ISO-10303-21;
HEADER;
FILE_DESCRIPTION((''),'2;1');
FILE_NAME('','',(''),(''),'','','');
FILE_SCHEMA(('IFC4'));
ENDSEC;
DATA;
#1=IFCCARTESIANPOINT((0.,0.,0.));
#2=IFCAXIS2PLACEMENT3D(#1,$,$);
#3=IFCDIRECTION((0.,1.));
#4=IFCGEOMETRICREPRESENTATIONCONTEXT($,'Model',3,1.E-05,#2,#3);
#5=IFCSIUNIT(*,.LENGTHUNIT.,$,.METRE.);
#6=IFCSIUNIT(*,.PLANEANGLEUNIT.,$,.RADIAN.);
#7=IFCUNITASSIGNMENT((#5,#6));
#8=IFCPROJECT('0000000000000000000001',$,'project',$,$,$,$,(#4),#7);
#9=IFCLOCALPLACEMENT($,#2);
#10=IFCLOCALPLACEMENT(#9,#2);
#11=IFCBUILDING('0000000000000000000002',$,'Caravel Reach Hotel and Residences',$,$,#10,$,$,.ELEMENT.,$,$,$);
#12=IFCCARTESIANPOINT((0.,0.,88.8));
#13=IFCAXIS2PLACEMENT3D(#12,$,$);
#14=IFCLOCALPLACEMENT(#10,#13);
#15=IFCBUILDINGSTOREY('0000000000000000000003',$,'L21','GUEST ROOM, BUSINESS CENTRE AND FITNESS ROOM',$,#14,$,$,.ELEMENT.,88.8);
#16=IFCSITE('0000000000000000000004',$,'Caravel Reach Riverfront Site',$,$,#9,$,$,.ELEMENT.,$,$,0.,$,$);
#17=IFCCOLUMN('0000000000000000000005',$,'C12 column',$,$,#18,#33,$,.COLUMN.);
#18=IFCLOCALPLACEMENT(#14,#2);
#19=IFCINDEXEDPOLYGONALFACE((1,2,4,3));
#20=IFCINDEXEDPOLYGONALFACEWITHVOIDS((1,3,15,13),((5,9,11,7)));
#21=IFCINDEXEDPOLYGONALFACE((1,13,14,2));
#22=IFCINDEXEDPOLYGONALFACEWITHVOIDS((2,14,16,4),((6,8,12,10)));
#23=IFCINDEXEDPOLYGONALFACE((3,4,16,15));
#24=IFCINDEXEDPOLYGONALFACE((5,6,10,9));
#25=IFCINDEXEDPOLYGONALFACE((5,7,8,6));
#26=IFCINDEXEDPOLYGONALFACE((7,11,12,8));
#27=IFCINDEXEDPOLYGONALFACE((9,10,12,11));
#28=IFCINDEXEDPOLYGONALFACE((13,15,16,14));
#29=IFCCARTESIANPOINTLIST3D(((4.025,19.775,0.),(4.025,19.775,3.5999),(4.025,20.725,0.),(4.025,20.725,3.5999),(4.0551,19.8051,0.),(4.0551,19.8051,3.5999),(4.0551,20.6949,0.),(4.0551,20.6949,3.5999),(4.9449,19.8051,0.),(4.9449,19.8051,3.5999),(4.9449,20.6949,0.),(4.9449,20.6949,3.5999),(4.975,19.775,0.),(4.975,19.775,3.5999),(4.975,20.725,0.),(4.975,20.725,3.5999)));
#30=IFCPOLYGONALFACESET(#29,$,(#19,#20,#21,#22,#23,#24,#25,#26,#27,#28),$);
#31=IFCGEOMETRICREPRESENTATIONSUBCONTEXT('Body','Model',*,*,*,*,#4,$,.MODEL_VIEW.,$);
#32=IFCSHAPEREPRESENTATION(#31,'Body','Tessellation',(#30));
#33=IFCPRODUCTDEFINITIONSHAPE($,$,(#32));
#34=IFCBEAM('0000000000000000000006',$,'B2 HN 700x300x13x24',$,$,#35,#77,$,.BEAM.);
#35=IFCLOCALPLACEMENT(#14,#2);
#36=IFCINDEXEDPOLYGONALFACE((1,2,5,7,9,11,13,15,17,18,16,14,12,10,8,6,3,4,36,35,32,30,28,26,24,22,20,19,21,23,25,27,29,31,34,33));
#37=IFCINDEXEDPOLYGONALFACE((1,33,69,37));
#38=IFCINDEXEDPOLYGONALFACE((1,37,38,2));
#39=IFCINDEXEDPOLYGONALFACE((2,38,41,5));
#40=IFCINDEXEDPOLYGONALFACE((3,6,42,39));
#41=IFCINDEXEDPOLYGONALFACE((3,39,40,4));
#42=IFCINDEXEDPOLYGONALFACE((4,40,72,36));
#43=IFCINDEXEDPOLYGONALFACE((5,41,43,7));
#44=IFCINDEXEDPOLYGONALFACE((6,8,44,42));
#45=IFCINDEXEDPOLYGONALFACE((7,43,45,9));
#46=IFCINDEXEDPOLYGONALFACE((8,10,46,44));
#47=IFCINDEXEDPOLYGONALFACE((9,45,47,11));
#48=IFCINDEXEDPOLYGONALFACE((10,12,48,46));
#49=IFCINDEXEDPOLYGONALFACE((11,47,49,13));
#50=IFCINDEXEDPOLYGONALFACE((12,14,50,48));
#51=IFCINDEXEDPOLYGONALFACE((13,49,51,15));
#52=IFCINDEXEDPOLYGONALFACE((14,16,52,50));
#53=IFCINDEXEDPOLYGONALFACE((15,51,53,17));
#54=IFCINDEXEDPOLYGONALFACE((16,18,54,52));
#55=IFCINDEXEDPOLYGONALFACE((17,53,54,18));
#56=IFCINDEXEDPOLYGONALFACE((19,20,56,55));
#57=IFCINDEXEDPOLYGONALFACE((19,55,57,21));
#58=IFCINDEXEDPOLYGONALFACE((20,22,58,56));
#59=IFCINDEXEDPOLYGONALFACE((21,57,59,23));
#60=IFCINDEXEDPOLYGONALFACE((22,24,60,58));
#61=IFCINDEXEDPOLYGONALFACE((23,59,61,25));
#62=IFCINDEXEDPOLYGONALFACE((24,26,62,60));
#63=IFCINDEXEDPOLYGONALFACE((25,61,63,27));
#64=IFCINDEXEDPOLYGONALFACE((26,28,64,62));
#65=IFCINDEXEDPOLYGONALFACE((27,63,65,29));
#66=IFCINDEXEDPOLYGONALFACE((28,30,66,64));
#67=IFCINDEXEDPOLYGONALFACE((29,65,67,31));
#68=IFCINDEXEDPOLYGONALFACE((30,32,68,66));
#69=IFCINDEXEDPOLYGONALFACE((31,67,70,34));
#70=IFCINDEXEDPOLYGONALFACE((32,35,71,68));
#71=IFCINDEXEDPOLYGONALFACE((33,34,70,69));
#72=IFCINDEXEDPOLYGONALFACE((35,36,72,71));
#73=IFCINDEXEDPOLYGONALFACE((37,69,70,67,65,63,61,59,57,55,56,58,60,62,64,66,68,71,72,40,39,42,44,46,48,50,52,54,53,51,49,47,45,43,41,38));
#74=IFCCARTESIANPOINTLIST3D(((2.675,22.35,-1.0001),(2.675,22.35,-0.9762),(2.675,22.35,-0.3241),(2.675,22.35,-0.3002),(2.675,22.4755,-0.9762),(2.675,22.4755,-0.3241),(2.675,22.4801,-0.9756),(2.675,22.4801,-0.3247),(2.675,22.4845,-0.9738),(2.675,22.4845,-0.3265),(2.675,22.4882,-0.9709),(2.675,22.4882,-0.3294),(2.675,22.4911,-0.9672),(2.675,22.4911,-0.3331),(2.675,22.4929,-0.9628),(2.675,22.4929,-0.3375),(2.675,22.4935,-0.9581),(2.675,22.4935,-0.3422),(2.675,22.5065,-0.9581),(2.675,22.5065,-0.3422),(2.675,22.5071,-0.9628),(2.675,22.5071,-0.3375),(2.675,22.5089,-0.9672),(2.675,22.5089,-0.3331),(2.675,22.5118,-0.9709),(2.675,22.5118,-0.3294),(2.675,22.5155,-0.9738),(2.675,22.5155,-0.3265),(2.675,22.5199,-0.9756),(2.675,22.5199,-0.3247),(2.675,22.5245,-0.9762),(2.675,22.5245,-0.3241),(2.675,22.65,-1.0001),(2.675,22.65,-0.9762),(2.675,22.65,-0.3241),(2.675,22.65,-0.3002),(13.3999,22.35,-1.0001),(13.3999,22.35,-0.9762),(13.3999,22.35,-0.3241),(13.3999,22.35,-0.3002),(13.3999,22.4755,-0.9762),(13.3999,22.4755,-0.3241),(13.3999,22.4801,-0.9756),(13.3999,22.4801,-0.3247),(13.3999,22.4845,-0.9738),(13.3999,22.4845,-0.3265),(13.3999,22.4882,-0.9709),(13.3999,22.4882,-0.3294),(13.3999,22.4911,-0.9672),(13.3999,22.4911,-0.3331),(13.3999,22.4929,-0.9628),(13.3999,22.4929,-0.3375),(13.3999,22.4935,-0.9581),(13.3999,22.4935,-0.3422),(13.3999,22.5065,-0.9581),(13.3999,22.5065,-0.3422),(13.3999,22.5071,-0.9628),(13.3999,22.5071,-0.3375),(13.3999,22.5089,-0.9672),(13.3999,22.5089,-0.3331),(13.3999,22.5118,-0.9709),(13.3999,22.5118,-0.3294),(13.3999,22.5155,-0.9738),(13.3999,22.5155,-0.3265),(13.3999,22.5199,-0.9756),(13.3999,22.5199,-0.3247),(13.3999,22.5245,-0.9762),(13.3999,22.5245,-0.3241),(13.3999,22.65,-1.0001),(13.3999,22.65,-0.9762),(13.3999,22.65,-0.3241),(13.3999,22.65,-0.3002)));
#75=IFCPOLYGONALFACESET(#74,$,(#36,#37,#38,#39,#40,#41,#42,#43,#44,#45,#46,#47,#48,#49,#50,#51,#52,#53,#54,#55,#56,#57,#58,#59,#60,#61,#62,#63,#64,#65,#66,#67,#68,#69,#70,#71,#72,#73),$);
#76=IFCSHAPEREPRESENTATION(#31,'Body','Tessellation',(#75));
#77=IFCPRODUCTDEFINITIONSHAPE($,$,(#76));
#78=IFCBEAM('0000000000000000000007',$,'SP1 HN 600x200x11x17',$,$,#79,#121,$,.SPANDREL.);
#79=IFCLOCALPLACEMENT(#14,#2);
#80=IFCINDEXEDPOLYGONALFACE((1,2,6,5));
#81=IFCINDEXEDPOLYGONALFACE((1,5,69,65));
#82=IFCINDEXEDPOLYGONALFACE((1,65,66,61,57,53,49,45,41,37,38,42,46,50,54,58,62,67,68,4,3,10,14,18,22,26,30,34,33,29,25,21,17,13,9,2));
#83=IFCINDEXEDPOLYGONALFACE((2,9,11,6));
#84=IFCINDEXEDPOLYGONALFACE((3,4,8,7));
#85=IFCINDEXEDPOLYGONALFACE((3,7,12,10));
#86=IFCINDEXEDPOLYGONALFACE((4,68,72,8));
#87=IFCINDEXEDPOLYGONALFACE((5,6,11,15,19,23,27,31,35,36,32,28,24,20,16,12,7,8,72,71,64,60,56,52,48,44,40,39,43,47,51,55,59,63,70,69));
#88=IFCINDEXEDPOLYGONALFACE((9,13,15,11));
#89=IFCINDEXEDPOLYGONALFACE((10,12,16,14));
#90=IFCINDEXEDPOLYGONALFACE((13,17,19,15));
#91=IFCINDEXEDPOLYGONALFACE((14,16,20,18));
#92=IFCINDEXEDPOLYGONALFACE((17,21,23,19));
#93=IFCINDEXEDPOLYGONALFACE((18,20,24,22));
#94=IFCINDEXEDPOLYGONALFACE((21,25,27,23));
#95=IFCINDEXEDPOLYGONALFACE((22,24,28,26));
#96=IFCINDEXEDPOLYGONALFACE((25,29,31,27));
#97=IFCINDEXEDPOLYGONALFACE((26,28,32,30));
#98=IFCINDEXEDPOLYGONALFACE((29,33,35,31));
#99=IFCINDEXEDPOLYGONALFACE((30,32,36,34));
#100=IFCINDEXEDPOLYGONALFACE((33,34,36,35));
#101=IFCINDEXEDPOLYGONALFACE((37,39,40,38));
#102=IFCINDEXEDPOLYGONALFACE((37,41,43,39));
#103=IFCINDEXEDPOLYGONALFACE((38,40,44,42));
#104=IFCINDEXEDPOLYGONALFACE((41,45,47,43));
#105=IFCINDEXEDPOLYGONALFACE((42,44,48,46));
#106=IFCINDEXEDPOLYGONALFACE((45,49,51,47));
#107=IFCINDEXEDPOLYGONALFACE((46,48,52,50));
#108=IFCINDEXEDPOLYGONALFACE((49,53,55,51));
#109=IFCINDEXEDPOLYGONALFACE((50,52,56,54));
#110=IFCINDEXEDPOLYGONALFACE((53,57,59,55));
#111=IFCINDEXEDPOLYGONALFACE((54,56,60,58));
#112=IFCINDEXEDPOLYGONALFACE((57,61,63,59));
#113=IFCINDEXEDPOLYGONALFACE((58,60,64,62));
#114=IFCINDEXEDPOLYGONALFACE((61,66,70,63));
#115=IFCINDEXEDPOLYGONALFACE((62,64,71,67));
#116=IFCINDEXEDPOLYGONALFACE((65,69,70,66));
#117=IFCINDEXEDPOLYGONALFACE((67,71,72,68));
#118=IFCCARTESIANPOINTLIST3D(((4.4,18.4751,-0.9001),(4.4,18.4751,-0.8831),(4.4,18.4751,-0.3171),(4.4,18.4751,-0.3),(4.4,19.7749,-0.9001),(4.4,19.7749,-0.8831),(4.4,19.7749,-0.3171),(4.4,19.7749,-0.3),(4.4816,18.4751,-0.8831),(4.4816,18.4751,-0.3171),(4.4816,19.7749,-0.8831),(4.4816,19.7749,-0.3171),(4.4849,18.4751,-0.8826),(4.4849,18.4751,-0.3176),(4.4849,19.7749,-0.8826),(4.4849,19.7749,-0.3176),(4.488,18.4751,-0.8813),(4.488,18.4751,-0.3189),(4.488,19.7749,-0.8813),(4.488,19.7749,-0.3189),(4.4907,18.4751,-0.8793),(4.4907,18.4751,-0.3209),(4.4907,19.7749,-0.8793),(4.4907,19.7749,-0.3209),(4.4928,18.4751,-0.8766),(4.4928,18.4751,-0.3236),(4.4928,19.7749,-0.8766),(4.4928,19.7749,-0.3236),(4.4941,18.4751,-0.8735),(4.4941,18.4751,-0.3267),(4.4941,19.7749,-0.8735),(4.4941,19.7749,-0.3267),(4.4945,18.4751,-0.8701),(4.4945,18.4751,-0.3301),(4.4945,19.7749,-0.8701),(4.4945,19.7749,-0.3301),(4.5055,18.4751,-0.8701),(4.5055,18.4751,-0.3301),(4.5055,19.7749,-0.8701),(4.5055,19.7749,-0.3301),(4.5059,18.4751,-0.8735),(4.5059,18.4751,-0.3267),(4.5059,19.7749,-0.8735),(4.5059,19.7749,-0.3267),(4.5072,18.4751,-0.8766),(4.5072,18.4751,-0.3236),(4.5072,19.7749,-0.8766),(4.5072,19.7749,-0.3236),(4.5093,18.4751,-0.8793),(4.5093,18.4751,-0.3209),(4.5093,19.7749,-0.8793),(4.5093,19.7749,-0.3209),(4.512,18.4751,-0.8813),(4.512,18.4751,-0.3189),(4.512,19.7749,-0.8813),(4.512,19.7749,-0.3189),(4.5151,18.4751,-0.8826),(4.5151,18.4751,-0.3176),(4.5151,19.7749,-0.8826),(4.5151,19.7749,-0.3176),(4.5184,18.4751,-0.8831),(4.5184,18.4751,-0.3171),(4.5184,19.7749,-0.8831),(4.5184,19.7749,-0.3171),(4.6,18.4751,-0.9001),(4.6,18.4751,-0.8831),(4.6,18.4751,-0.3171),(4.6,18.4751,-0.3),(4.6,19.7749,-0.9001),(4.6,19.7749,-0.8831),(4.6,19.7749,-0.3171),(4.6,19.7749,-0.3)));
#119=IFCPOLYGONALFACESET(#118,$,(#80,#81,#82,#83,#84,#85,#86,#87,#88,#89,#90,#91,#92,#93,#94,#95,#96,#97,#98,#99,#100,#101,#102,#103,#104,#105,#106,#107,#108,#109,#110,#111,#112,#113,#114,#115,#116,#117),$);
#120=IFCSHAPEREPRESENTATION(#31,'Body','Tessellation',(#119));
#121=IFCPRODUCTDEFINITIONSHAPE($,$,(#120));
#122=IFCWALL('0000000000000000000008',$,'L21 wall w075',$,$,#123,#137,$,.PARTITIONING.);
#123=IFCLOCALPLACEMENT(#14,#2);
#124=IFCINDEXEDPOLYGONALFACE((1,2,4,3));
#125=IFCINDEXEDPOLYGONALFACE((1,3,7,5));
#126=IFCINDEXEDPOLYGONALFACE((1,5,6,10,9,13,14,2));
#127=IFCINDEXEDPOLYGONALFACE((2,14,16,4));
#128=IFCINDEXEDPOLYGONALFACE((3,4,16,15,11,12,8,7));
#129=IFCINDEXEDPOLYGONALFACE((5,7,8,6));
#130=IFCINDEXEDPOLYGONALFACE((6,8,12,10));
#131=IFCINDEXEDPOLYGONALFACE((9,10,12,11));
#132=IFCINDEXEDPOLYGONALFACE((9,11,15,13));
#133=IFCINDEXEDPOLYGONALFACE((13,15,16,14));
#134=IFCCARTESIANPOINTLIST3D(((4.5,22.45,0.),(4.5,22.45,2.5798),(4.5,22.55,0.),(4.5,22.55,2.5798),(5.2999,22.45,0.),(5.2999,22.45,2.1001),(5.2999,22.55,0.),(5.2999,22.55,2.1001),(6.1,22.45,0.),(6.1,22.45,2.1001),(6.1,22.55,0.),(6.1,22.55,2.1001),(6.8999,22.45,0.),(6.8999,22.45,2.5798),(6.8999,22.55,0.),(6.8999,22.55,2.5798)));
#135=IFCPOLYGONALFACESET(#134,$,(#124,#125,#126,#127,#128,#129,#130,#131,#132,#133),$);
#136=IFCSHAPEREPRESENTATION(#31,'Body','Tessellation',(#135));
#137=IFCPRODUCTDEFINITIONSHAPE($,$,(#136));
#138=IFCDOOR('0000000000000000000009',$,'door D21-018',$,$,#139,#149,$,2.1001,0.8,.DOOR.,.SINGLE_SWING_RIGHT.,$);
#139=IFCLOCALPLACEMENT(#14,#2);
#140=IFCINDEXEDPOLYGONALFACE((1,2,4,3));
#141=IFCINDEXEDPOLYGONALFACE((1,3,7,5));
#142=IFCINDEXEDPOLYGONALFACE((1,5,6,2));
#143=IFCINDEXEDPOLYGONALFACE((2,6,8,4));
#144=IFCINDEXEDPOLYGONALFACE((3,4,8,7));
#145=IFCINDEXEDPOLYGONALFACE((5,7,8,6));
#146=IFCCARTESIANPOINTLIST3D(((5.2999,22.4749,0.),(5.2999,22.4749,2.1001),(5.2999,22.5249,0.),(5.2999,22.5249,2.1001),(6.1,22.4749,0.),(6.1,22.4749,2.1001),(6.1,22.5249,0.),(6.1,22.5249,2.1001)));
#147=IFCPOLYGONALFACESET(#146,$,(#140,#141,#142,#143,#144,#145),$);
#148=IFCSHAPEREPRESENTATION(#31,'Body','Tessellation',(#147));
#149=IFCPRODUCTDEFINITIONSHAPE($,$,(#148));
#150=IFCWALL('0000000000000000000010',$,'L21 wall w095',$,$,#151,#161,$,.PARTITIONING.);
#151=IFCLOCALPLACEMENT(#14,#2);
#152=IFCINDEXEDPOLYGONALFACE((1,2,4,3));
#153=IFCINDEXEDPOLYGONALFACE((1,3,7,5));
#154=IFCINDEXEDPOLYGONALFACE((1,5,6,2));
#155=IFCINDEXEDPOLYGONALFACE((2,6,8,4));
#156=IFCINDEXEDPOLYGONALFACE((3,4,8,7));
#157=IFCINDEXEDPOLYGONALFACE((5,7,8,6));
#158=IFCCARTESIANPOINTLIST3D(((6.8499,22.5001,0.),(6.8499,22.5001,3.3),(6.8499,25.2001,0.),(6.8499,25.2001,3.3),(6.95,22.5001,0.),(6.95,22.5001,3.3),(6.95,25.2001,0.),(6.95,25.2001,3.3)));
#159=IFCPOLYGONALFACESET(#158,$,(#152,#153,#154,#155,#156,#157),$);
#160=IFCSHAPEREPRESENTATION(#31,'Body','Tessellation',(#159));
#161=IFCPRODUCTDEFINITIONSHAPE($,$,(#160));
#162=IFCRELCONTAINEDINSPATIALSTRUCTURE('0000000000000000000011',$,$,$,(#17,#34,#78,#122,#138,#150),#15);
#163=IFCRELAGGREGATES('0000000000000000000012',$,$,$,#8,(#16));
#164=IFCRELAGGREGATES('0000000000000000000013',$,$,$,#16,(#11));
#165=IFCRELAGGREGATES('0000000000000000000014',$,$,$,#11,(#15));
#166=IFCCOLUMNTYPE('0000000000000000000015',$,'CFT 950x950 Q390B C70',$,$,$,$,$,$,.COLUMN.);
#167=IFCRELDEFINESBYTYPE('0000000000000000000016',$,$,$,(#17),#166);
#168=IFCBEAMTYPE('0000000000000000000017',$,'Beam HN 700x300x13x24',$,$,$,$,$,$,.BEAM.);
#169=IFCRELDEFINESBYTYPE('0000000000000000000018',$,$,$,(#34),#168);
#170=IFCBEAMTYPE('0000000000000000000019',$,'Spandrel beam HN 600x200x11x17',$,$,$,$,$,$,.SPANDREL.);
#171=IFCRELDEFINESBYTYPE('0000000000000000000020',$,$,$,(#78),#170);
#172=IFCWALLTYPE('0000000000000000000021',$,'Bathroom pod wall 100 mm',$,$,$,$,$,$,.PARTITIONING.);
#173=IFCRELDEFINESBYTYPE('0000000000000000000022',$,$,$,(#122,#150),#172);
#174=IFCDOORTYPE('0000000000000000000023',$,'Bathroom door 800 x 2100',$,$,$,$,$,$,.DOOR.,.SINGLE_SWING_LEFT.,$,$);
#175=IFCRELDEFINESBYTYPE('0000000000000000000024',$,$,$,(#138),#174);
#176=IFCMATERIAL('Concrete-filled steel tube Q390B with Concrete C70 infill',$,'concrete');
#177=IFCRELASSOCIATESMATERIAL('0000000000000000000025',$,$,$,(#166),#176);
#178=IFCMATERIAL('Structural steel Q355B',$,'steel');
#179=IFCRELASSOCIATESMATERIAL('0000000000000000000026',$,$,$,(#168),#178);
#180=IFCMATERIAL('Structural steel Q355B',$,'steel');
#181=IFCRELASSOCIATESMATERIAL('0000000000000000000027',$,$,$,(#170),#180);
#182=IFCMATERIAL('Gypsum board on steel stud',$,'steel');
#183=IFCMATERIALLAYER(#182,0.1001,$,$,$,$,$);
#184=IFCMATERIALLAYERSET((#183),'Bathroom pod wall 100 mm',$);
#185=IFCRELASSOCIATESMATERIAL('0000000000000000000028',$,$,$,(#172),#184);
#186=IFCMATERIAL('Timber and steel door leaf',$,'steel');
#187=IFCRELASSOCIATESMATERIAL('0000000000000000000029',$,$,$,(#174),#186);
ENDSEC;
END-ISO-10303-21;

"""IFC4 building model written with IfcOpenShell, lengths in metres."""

from ifc_helpers import new_model, si_unit, direction, frame, frame_2d, origin, origin_2d, place, context, subcontext, project, spatial, rectangle, hollow_rectangle, i_section, extrude, material, layer, layer_set, material_profile, profile_set, type_object, element, fill, save


model = new_model("IFC4")

# Units and contexts
model_context = context("Model", 3, precision=1e-05, world=origin(), true_north=direction((0.0, 1.0)))
body_context = subcontext(model_context, "Body", "Model", "MODEL_VIEW")
ifc_project = project(units=[si_unit("LENGTHUNIT", "METRE"), si_unit("PLANEANGLEUNIT", "RADIAN")], contexts=[model_context])

# Site, building, storey
site_placement = place(None, origin())
site = spatial("IfcSite", under=ifc_project, at=site_placement, Name="Caravel Reach Riverfront Site", CompositionType="ELEMENT", RefElevation=0.0)
building_placement = place(site_placement, origin())
building = spatial("IfcBuilding", under=site, at=building_placement, Name="Caravel Reach Hotel and Residences", CompositionType="ELEMENT")
storey_placement = place(building_placement, frame((0.0, 0.0, 88.8)))
storey = spatial("IfcBuildingStorey", under=building, at=storey_placement, Name="L21", Description="GUEST ROOM, BUSINESS CENTRE AND FITNESS ROOM", CompositionType="ELEMENT", Elevation=88.8)

# Column
ifc_material_1 = material(Name="Concrete-filled steel tube Q390B with Concrete C70 infill", Category="concrete")
ifc_material_profile_1 = material_profile(ifc_material_1, hollow_rectangle(XDim=0.95, YDim=0.95, WallThickness=0.03, at=origin_2d()), Name="RHS 950x950x30")
ifc_profile_set_1 = profile_set([ifc_material_profile_1], Name="Concrete-filled steel tube Q390B with Concrete C70 infill")
column_type = type_object("IfcColumnType", Name="CFT 950x950 Q390B C70", PredefinedType="COLUMN", material=ifc_profile_set_1)
column_placement = place(storey_placement, frame((4.5, 20.25, 0.0), z_axis=(0.0, 0.0, 1.0), x_axis=(1.0, 0.0, 0.0)))
element("IfcColumn", 1, at=column_placement, inside=storey, type_object=column_type, Name="C12 column", PredefinedType="COLUMN", context=body_context, shape_type="SweptSolid", body=[
    extrude(hollow_rectangle(XDim=0.95, YDim=0.95, WallThickness=0.03, at=origin_2d()), origin(), (0.0, 0.0, 1.0), 3.5999),
])

# Beams
ifc_material_2 = material(Name="Structural steel Q355B", Category="steel")
ifc_material_profile_2 = material_profile(ifc_material_2, i_section(OverallWidth=0.3, OverallDepth=0.7, WebThickness=0.0129, FlangeThickness=0.0239, FilletRadius=0.0181, at=origin_2d()), Name="HN 700x300x13x24")
ifc_profile_set_2 = profile_set([ifc_material_profile_2], Name="Structural steel Q355B")
beam_type_1 = type_object("IfcBeamType", Name="Beam HN 700x300x13x24", PredefinedType="BEAM", material=ifc_profile_set_2)
beam_1_placement = place(storey_placement, frame((13.3999, 22.5, -0.6501), z_axis=(-1.0, 0.0, 0.0), x_axis=(0.0, -1.0, 0.0)))
element("IfcBeam", 2, at=beam_1_placement, inside=storey, type_object=beam_type_1, Name="B2 HN 700x300x13x24", PredefinedType="BEAM", context=body_context, shape_type="SweptSolid", body=[
    extrude(i_section(OverallWidth=0.3, OverallDepth=0.7, WebThickness=0.0129, FlangeThickness=0.0239, FilletRadius=0.0181, at=origin_2d()), origin(), (0.0, 0.0, 1.0), 10.7249),
])
ifc_material_3 = material(Name="Structural steel Q355B", Category="steel")
ifc_material_profile_3 = material_profile(ifc_material_3, i_section(OverallWidth=0.2, OverallDepth=0.6001, WebThickness=0.011, FlangeThickness=0.0171, FilletRadius=0.0129, at=origin_2d()), Name="HN 600x200x11x17")
ifc_profile_set_3 = profile_set([ifc_material_profile_3], Name="Structural steel Q355B")
beam_type_2 = type_object("IfcBeamType", Name="Spandrel beam HN 600x200x11x17", PredefinedType="SPANDREL", material=ifc_profile_set_3)
beam_2_placement = place(storey_placement, frame((4.5, 19.7749, -0.6001), z_axis=(0.0, -1.0, 0.0), x_axis=(1.0, 0.0, 0.0)))
element("IfcBeam", 3, at=beam_2_placement, inside=storey, type_object=beam_type_2, Name="SP1 HN 600x200x11x17", PredefinedType="SPANDREL", context=body_context, shape_type="SweptSolid", body=[
    extrude(i_section(OverallWidth=0.2, OverallDepth=0.6001, WebThickness=0.011, FlangeThickness=0.0171, FilletRadius=0.0129, at=origin_2d()), origin(), (0.0, 0.0, 1.0), 1.2998),
])

# Wall, opening, door
ifc_material_4 = material(Name="Gypsum board on steel stud", Category="steel")
ifc_layer_1 = layer(ifc_material_4, 0.1001)
ifc_layer_set_1 = layer_set([ifc_layer_1], Name="Bathroom pod wall 100 mm")
wall_type_1 = type_object("IfcWallType", Name="Bathroom pod wall 100 mm", PredefinedType="PARTITIONING", material=ifc_layer_set_1)
wall_1_placement = place(storey_placement, frame((4.5, 22.5, 0.0), z_axis=(0.0, 0.0, 1.0), x_axis=(1.0, 0.0, 0.0)))
wall_1 = element("IfcWall", 4, at=wall_1_placement, inside=storey, type_object=wall_type_1, Name="L21 wall w075", PredefinedType="PARTITIONING", context=body_context, shape_type="SweptSolid", body=[
    extrude(rectangle(XDim=2.3999, YDim=0.1001, at=frame_2d((1.2, 0.0))), origin(), (0.0, 0.0, 1.0), 2.5798),
])
opening_1_placement = place(wall_1_placement, frame((0.8, 0.0, 0.0)))
opening_1 = element("IfcOpeningElement", 5, at=opening_1_placement, cuts=wall_1, PredefinedType="OPENING", context=body_context, shape_type="SweptSolid", body=[
    extrude(rectangle(XDim=0.8, YDim=2.1001, at=frame_2d((0.3999, 1.05))), frame((0.0, 0.0601, 0.0), z_axis=(0.0, -1.0, 0.0), x_axis=(1.0, 0.0, 0.0)), (0.0, 0.0, 1.0), 0.1201),
])
ifc_material_5 = material(Name="Timber and steel door leaf", Category="steel")
door_type_1 = type_object("IfcDoorType", Name="Bathroom door 800 x 2100", OperationType="SINGLE_SWING_LEFT", PredefinedType="DOOR", material=ifc_material_5)
door_1_placement = place(opening_1_placement, origin())
door_1 = element("IfcDoor", 6, at=door_1_placement, inside=storey, type_object=door_type_1, Name="door D21-018", OperationType="SINGLE_SWING_RIGHT", OverallHeight=2.1001, OverallWidth=0.8, PredefinedType="DOOR", context=body_context, shape_type="SweptSolid", body=[
    extrude(rectangle(XDim=0.8, YDim=2.1001, at=frame_2d((0.3999, 1.05))), frame((0.0, 0.0249, 0.0), z_axis=(0.0, -1.0, 0.0), x_axis=(1.0, 0.0, 0.0)), (0.0, 0.0, 1.0), 0.05),
])
fill(opening_1, door_1)

# Wall
wall_2_placement = place(storey_placement, frame((6.8999, 22.5, 0.0), z_axis=(0.0, 0.0, 1.0), x_axis=(0.0, 1.0, 0.0)))
element("IfcWall", 7, at=wall_2_placement, inside=storey, type_object=wall_type_1, Name="L21 wall w095", PredefinedType="PARTITIONING", context=body_context, shape_type="SweptSolid", body=[
    extrude(rectangle(XDim=2.7, YDim=0.1001, at=frame_2d((1.3501, 0.0))), origin(), (0.0, 0.0, 1.0), 3.3),
])

save(model, "model.ifc")
